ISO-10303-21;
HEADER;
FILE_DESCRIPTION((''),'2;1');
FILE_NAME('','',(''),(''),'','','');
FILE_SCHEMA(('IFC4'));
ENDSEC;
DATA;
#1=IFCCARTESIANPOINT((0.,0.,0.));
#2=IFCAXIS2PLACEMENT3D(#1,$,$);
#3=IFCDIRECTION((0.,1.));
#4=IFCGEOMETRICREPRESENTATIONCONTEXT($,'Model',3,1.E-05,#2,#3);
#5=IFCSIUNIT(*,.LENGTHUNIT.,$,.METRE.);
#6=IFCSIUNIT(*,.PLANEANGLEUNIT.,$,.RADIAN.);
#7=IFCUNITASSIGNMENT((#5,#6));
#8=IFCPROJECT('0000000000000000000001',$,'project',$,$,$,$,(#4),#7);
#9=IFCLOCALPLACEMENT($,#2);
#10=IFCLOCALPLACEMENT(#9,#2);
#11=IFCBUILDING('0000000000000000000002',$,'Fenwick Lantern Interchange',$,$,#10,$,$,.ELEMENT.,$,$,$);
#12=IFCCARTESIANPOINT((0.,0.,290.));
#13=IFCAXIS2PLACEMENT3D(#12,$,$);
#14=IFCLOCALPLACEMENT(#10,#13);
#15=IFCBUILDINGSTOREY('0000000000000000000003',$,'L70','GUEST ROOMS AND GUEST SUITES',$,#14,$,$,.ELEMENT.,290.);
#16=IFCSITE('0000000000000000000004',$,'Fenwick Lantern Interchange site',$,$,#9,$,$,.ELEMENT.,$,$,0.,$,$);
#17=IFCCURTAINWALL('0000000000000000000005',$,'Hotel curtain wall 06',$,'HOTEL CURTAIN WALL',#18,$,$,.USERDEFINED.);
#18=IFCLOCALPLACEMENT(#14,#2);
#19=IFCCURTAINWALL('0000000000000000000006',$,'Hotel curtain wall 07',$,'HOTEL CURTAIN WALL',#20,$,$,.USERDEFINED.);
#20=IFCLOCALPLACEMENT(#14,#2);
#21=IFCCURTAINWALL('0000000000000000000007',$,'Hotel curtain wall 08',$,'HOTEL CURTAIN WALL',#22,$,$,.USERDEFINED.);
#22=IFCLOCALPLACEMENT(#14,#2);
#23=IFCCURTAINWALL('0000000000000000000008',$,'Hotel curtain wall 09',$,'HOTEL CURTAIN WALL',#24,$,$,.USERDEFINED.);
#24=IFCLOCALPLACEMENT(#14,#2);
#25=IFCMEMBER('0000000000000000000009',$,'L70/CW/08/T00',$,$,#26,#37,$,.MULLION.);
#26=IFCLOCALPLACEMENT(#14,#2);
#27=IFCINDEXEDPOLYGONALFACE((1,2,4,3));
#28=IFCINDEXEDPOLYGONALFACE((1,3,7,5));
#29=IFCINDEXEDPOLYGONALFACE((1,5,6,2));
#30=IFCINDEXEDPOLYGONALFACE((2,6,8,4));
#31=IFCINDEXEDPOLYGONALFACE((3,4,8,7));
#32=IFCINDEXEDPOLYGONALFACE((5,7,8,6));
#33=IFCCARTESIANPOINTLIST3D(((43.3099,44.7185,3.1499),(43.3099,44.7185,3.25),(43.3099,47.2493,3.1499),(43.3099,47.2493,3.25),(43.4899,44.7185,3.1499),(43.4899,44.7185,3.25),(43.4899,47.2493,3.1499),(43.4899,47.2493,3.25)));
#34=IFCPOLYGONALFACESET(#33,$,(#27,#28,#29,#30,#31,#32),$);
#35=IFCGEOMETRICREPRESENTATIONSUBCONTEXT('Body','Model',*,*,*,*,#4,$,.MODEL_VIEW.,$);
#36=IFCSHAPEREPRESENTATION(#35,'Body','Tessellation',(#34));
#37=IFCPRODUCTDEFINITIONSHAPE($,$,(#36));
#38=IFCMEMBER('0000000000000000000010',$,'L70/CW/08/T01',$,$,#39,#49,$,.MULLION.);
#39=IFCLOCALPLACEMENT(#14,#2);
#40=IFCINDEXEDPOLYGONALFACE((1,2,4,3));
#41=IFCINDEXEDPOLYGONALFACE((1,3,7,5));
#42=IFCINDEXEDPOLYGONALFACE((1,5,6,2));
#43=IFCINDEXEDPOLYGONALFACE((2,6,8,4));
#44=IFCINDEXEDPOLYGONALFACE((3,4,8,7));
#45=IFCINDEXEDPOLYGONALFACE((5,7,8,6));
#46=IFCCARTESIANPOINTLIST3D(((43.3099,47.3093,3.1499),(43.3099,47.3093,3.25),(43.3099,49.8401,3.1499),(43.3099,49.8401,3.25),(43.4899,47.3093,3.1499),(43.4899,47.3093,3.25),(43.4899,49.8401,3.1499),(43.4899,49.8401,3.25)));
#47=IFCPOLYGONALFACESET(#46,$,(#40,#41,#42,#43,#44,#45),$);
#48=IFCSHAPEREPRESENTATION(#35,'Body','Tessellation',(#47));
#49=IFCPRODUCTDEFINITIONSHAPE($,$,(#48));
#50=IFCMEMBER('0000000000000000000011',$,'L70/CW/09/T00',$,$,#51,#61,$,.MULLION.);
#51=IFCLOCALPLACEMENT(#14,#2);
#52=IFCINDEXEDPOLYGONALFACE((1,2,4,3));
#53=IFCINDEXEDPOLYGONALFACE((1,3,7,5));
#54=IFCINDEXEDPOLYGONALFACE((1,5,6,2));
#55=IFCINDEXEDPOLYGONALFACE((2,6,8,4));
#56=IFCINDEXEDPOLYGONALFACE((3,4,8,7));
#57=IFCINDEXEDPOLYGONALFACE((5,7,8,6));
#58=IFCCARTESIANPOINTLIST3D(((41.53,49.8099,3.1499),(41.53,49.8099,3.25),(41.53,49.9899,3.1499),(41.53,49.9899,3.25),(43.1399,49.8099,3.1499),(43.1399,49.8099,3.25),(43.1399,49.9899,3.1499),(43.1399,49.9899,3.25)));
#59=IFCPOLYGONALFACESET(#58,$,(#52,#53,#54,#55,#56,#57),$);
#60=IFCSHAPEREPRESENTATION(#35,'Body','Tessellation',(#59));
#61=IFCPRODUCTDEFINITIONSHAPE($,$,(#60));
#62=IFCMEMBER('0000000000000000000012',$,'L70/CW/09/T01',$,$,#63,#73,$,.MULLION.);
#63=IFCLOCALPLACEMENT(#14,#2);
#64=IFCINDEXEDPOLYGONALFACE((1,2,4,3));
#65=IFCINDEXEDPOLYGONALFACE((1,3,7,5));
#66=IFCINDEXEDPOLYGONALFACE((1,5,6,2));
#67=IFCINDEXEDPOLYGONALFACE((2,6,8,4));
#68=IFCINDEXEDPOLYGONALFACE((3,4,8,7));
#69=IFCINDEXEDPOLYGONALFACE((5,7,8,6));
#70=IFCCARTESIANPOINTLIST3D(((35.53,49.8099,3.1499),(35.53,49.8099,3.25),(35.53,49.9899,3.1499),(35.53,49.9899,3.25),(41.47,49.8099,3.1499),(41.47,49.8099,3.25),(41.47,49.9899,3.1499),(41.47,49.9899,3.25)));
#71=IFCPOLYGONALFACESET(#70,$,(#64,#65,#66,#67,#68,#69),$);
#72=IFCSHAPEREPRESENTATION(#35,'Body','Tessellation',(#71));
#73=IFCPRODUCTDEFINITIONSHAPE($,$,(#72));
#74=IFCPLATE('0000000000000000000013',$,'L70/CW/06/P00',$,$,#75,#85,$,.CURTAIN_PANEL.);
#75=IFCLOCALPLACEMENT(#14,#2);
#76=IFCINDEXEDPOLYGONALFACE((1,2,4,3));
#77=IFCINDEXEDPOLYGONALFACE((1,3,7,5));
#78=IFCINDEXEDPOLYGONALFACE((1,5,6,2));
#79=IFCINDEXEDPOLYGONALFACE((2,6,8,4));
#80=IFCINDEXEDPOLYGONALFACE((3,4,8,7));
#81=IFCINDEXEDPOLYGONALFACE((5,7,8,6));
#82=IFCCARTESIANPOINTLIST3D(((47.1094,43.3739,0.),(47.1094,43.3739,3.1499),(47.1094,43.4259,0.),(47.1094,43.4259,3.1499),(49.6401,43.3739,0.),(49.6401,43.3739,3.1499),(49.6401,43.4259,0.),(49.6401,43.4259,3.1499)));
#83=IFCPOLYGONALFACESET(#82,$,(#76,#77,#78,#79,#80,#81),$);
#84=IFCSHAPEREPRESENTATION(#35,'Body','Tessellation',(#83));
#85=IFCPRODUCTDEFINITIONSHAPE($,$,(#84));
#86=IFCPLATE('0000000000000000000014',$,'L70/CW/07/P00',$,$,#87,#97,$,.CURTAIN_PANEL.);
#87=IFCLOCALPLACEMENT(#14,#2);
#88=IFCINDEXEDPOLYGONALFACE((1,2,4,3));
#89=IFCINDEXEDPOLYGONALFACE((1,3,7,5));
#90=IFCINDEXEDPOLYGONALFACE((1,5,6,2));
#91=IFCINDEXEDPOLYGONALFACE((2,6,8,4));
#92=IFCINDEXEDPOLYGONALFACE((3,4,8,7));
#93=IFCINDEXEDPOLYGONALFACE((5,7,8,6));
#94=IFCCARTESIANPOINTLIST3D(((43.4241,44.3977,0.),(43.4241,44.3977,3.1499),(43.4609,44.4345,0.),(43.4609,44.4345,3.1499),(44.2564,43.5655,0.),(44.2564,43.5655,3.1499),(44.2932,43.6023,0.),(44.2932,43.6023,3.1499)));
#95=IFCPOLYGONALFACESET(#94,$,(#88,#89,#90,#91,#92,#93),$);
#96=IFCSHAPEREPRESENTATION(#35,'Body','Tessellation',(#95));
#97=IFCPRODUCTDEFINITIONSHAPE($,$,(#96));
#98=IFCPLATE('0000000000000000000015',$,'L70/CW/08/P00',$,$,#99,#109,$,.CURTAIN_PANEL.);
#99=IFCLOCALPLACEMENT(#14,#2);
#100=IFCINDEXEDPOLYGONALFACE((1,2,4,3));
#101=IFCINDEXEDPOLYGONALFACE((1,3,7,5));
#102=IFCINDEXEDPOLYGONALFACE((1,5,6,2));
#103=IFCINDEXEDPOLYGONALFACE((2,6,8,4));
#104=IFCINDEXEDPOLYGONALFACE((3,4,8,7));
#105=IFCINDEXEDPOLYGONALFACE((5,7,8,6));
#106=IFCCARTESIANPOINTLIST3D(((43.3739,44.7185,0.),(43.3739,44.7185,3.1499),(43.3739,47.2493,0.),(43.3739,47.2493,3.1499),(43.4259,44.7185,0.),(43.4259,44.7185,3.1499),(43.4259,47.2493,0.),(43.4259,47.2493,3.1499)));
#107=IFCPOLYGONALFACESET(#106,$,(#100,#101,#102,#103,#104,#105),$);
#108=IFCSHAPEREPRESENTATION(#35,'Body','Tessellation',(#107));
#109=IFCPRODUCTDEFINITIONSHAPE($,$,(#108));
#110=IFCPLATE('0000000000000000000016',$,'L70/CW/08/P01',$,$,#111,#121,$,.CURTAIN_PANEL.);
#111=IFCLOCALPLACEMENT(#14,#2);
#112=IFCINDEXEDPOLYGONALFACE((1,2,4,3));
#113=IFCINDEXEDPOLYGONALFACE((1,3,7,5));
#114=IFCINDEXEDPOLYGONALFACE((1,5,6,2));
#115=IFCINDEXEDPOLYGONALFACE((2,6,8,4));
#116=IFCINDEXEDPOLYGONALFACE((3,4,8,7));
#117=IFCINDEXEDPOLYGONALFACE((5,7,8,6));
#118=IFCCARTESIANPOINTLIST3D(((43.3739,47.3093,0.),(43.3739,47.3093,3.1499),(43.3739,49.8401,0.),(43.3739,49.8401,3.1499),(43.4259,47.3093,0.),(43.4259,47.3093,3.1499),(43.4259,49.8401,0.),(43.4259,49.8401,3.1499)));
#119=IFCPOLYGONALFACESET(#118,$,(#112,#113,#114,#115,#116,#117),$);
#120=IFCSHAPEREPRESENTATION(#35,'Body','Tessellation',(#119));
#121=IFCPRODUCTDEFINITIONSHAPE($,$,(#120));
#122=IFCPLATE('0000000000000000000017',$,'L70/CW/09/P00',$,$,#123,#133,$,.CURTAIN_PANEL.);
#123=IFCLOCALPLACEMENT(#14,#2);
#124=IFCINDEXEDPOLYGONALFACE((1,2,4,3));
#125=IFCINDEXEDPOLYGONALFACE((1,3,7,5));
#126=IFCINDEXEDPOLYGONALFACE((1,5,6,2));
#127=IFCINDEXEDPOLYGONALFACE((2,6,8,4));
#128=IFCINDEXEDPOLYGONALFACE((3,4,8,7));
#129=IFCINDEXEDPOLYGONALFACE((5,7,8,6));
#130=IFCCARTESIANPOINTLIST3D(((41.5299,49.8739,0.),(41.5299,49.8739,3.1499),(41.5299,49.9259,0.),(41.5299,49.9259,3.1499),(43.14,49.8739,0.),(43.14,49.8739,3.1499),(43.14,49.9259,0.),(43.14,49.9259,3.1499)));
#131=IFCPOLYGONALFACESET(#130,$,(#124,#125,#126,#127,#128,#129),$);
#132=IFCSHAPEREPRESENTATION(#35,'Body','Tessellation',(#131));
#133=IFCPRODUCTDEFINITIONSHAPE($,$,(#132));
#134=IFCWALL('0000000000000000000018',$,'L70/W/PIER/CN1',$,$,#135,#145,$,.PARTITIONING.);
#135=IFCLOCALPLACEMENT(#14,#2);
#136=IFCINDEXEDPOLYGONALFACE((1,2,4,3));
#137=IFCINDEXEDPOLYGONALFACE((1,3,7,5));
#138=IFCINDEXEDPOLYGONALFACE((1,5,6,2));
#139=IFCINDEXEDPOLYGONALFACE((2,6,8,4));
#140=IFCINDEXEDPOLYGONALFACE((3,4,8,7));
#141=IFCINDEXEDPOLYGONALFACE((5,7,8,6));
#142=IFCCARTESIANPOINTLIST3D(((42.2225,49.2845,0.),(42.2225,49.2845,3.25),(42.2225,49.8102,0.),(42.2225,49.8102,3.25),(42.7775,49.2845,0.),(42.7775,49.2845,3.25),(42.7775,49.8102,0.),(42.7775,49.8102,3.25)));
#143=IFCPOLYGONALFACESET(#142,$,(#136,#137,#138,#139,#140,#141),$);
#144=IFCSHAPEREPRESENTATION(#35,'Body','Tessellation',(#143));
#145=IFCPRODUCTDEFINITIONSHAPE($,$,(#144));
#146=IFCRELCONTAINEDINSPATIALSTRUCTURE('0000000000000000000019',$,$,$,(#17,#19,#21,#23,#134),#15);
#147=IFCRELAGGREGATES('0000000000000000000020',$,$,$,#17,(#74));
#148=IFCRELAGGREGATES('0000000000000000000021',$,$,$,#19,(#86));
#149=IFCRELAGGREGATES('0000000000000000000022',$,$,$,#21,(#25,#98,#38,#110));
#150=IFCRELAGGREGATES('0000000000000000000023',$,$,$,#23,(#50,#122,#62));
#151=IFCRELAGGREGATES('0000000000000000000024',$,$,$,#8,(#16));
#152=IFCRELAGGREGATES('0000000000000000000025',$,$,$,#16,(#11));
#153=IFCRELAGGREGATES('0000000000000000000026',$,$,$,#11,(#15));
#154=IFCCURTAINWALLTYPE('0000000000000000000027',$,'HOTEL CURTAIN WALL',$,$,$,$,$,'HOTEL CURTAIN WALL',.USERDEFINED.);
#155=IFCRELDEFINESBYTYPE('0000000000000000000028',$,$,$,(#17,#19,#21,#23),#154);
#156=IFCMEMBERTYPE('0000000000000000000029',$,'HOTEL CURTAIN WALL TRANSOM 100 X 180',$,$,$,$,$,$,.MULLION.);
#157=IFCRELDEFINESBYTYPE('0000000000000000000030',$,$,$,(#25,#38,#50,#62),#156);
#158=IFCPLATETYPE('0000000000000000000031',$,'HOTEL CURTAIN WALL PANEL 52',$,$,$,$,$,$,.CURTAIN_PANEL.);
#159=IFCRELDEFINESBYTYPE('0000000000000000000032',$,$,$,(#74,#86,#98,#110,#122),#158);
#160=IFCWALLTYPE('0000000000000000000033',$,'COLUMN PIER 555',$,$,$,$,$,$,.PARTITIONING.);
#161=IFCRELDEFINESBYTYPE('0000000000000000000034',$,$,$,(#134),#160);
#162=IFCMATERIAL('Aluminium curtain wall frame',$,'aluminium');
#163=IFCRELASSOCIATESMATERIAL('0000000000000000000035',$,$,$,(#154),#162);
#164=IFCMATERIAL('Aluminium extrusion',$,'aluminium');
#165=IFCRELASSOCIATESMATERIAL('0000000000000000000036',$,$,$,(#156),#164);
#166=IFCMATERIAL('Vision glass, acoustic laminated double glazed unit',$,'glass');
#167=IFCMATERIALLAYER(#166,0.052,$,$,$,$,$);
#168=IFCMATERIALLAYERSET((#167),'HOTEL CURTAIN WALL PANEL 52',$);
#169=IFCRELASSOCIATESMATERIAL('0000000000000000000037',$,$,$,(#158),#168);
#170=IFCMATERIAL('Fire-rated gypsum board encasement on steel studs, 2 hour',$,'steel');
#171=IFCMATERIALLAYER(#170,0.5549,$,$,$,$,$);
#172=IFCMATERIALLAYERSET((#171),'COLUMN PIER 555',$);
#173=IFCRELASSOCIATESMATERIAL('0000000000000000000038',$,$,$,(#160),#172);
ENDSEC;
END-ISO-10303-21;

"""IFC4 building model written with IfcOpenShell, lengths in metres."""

from ifc_helpers import new_model, si_unit, direction, frame, frame_2d, origin, origin_2d, place, context, subcontext, project, spatial, rectangle, extrude, material, layer, layer_set, material_profile, profile_set, type_object, element, aggregate, save


model = new_model("IFC4")

# Units and contexts
model_context = context("Model", 3, precision=1e-05, world=origin(), true_north=direction((0.0, 1.0)))
body_context = subcontext(model_context, "Body", "Model", "MODEL_VIEW")
ifc_project = project(units=[si_unit("LENGTHUNIT", "METRE"), si_unit("PLANEANGLEUNIT", "RADIAN")], contexts=[model_context])

# Site, building, storey
site_placement = place(None, origin())
site = spatial("IfcSite", under=ifc_project, at=site_placement, Name="Fenwick Lantern Interchange site", CompositionType="ELEMENT", RefElevation=0.0)
building_placement = place(site_placement, origin())
building = spatial("IfcBuilding", under=site, at=building_placement, Name="Fenwick Lantern Interchange", CompositionType="ELEMENT")
storey_placement = place(building_placement, frame((0.0, 0.0, 290.0)))
storey = spatial("IfcBuildingStorey", under=building, at=storey_placement, Name="L70", Description="GUEST ROOMS AND GUEST SUITES", CompositionType="ELEMENT", Elevation=290.0)

# Curtain walls
ifc_material_1 = material(Name="Aluminium curtain wall frame", Category="aluminium")
curtain_wall_type = type_object("IfcCurtainWallType", Name="HOTEL CURTAIN WALL", ElementType="HOTEL CURTAIN WALL", PredefinedType="USERDEFINED", material=ifc_material_1)
curtain_wall_1_placement = place(storey_placement, origin())
curtain_wall_1 = element("IfcCurtainWall", 1, at=curtain_wall_1_placement, inside=storey, type_object=curtain_wall_type, Name="Hotel curtain wall 06", ObjectType="HOTEL CURTAIN WALL", PredefinedType="USERDEFINED")
ifc_material_2 = material(Name="Aluminium extrusion", Category="aluminium")
curtain_wall_2_placement = place(storey_placement, origin())
curtain_wall_2 = element("IfcCurtainWall", 2, at=curtain_wall_2_placement, inside=storey, type_object=curtain_wall_type, Name="Hotel curtain wall 07", ObjectType="HOTEL CURTAIN WALL", PredefinedType="USERDEFINED")
curtain_wall_3_placement = place(storey_placement, origin())
curtain_wall_3 = element("IfcCurtainWall", 3, at=curtain_wall_3_placement, inside=storey, type_object=curtain_wall_type, Name="Hotel curtain wall 08", ObjectType="HOTEL CURTAIN WALL", PredefinedType="USERDEFINED")
curtain_wall_4_placement = place(storey_placement, origin())
curtain_wall_4 = element("IfcCurtainWall", 4, at=curtain_wall_4_placement, inside=storey, type_object=curtain_wall_type, Name="Hotel curtain wall 09", ObjectType="HOTEL CURTAIN WALL", PredefinedType="USERDEFINED")

# Members
ifc_material_profile_1 = material_profile(ifc_material_2, rectangle(XDim=0.1799, YDim=0.1001, at=origin_2d()), Name="HOTEL CURTAIN WALL TRANSOM 100 X 180")
ifc_profile_set_1 = profile_set([ifc_material_profile_1], Name="Aluminium extrusion")
member_type_1 = type_object("IfcMemberType", Name="HOTEL CURTAIN WALL TRANSOM 100 X 180", PredefinedType="MULLION", material=ifc_profile_set_1)
member_1_placement = place(storey_placement, frame((43.3999, 44.7185, 3.2), z_axis=(0.0, 1.0, 0.0), x_axis=(-1.0, 0.0, 0.0)))
member_1 = element("IfcMember", 5, at=member_1_placement, type_object=member_type_1, Name="L70/CW/08/T00", PredefinedType="MULLION", context=body_context, shape_type="SweptSolid", body=[
    extrude(rectangle(XDim=0.1799, YDim=0.1001, at=origin_2d()), origin(), (0.0, 0.0, 1.0), 2.5308),
])
member_2_placement = place(storey_placement, frame((43.3999, 47.3093, 3.2), z_axis=(0.0, 1.0, 0.0), x_axis=(-1.0, 0.0, 0.0)))
member_2 = element("IfcMember", 6, at=member_2_placement, type_object=member_type_1, Name="L70/CW/08/T01", PredefinedType="MULLION", context=body_context, shape_type="SweptSolid", body=[
    extrude(rectangle(XDim=0.1799, YDim=0.1001, at=origin_2d()), origin(), (0.0, 0.0, 1.0), 2.5308),
])
member_3_placement = place(storey_placement, frame((43.1399, 49.8999, 3.2), z_axis=(-1.0, 0.0, 0.0), x_axis=(0.0, -1.0, 0.0)))
member_3 = element("IfcMember", 7, at=member_3_placement, type_object=member_type_1, Name="L70/CW/09/T00", PredefinedType="MULLION", context=body_context, shape_type="SweptSolid", body=[
    extrude(rectangle(XDim=0.1799, YDim=0.1001, at=origin_2d()), origin(), (0.0, 0.0, 1.0), 1.6099),
])
member_4_placement = place(storey_placement, frame((41.47, 49.8999, 3.2), z_axis=(-1.0, 0.0, 0.0), x_axis=(0.0, -1.0, 0.0)))
member_4 = element("IfcMember", 8, at=member_4_placement, type_object=member_type_1, Name="L70/CW/09/T01", PredefinedType="MULLION", context=body_context, shape_type="SweptSolid", body=[
    extrude(rectangle(XDim=0.1799, YDim=0.1001, at=origin_2d()), origin(), (0.0, 0.0, 1.0), 5.9399),
])

# Plates
ifc_material_3 = material(Name="Vision glass, acoustic laminated double glazed unit", Category="glass")
ifc_layer_1 = layer(ifc_material_3, 0.052)
ifc_layer_set_1 = layer_set([ifc_layer_1], Name="HOTEL CURTAIN WALL PANEL 52")
plate_type = type_object("IfcPlateType", Name="HOTEL CURTAIN WALL PANEL 52", PredefinedType="CURTAIN_PANEL", material=ifc_layer_set_1)
plate_1_placement = place(storey_placement, frame((48.3748, 43.3999, 0.0), z_axis=(0.0, 0.0, 1.0), x_axis=(-1.0, 0.0, 0.0)))
plate_1 = element("IfcPlate", 9, at=plate_1_placement, type_object=plate_type, Name="L70/CW/06/P00", PredefinedType="CURTAIN_PANEL", context=body_context, shape_type="SweptSolid", body=[
    extrude(rectangle(XDim=2.5308, YDim=0.052, at=origin_2d()), origin(), (0.0, 0.0, 1.0), 3.1499),
])
aggregate(curtain_wall_1, [plate_1])
plate_2_placement = place(storey_placement, frame((43.8586, 44.0, 0.0), z_axis=(0.0, 0.0, 1.0), x_axis=(-0.707107, 0.707107, 0.0)))
plate_2 = element("IfcPlate", 10, at=plate_2_placement, type_object=plate_type, Name="L70/CW/07/P00", PredefinedType="CURTAIN_PANEL", context=body_context, shape_type="SweptSolid", body=[
    extrude(rectangle(XDim=1.177, YDim=0.052, at=origin_2d()), origin(), (0.0, 0.0, 1.0), 3.1499),
])
aggregate(curtain_wall_2, [plate_2])
plate_3_placement = place(storey_placement, frame((43.3999, 45.9839, 0.0), z_axis=(0.0, 0.0, 1.0), x_axis=(0.0, 1.0, 0.0)))
plate_3 = element("IfcPlate", 11, at=plate_3_placement, type_object=plate_type, Name="L70/CW/08/P00", PredefinedType="CURTAIN_PANEL", context=body_context, shape_type="SweptSolid", body=[
    extrude(rectangle(XDim=2.5308, YDim=0.052, at=origin_2d()), origin(), (0.0, 0.0, 1.0), 3.1499),
])
plate_4_placement = place(storey_placement, frame((43.3999, 48.5747, 0.0), z_axis=(0.0, 0.0, 1.0), x_axis=(0.0, 1.0, 0.0)))
plate_4 = element("IfcPlate", 12, at=plate_4_placement, type_object=plate_type, Name="L70/CW/08/P01", PredefinedType="CURTAIN_PANEL", context=body_context, shape_type="SweptSolid", body=[
    extrude(rectangle(XDim=2.5308, YDim=0.052, at=origin_2d()), origin(), (0.0, 0.0, 1.0), 3.1499),
])
aggregate(curtain_wall_3, [member_1, plate_3, member_2, plate_4])
plate_5_placement = place(storey_placement, frame((42.335, 49.8999, 0.0), z_axis=(0.0, 0.0, 1.0), x_axis=(-1.0, 0.0, 0.0)))
plate_5 = element("IfcPlate", 13, at=plate_5_placement, type_object=plate_type, Name="L70/CW/09/P00", PredefinedType="CURTAIN_PANEL", context=body_context, shape_type="SweptSolid", body=[
    extrude(rectangle(XDim=1.6101, YDim=0.052, at=origin_2d()), origin(), (0.0, 0.0, 1.0), 3.1499),
])
aggregate(curtain_wall_4, [member_3, plate_5, member_4])

# Wall
ifc_material_4 = material(Name="Fire-rated gypsum board encasement on steel studs, 2 hour", Category="steel")
ifc_layer_2 = layer(ifc_material_4, 0.5549)
ifc_layer_set_2 = layer_set([ifc_layer_2], Name="COLUMN PIER 555")
wall_type = type_object("IfcWallType", Name="COLUMN PIER 555", PredefinedType="PARTITIONING", material=ifc_layer_set_2)
wall_placement = place(storey_placement, frame((42.5, 49.8101, 0.0), z_axis=(0.0, 0.0, 1.0), x_axis=(0.0, -1.0, 0.0)))
element("IfcWall", 14, at=wall_placement, inside=storey, type_object=wall_type, Name="L70/W/PIER/CN1", PredefinedType="PARTITIONING", context=body_context, shape_type="SweptSolid", body=[
    extrude(rectangle(XDim=0.5256, YDim=0.5549, at=frame_2d((0.2627, 0.0))), origin(), (0.0, 0.0, 1.0), 3.25),
])

save(model, "model.ifc")
